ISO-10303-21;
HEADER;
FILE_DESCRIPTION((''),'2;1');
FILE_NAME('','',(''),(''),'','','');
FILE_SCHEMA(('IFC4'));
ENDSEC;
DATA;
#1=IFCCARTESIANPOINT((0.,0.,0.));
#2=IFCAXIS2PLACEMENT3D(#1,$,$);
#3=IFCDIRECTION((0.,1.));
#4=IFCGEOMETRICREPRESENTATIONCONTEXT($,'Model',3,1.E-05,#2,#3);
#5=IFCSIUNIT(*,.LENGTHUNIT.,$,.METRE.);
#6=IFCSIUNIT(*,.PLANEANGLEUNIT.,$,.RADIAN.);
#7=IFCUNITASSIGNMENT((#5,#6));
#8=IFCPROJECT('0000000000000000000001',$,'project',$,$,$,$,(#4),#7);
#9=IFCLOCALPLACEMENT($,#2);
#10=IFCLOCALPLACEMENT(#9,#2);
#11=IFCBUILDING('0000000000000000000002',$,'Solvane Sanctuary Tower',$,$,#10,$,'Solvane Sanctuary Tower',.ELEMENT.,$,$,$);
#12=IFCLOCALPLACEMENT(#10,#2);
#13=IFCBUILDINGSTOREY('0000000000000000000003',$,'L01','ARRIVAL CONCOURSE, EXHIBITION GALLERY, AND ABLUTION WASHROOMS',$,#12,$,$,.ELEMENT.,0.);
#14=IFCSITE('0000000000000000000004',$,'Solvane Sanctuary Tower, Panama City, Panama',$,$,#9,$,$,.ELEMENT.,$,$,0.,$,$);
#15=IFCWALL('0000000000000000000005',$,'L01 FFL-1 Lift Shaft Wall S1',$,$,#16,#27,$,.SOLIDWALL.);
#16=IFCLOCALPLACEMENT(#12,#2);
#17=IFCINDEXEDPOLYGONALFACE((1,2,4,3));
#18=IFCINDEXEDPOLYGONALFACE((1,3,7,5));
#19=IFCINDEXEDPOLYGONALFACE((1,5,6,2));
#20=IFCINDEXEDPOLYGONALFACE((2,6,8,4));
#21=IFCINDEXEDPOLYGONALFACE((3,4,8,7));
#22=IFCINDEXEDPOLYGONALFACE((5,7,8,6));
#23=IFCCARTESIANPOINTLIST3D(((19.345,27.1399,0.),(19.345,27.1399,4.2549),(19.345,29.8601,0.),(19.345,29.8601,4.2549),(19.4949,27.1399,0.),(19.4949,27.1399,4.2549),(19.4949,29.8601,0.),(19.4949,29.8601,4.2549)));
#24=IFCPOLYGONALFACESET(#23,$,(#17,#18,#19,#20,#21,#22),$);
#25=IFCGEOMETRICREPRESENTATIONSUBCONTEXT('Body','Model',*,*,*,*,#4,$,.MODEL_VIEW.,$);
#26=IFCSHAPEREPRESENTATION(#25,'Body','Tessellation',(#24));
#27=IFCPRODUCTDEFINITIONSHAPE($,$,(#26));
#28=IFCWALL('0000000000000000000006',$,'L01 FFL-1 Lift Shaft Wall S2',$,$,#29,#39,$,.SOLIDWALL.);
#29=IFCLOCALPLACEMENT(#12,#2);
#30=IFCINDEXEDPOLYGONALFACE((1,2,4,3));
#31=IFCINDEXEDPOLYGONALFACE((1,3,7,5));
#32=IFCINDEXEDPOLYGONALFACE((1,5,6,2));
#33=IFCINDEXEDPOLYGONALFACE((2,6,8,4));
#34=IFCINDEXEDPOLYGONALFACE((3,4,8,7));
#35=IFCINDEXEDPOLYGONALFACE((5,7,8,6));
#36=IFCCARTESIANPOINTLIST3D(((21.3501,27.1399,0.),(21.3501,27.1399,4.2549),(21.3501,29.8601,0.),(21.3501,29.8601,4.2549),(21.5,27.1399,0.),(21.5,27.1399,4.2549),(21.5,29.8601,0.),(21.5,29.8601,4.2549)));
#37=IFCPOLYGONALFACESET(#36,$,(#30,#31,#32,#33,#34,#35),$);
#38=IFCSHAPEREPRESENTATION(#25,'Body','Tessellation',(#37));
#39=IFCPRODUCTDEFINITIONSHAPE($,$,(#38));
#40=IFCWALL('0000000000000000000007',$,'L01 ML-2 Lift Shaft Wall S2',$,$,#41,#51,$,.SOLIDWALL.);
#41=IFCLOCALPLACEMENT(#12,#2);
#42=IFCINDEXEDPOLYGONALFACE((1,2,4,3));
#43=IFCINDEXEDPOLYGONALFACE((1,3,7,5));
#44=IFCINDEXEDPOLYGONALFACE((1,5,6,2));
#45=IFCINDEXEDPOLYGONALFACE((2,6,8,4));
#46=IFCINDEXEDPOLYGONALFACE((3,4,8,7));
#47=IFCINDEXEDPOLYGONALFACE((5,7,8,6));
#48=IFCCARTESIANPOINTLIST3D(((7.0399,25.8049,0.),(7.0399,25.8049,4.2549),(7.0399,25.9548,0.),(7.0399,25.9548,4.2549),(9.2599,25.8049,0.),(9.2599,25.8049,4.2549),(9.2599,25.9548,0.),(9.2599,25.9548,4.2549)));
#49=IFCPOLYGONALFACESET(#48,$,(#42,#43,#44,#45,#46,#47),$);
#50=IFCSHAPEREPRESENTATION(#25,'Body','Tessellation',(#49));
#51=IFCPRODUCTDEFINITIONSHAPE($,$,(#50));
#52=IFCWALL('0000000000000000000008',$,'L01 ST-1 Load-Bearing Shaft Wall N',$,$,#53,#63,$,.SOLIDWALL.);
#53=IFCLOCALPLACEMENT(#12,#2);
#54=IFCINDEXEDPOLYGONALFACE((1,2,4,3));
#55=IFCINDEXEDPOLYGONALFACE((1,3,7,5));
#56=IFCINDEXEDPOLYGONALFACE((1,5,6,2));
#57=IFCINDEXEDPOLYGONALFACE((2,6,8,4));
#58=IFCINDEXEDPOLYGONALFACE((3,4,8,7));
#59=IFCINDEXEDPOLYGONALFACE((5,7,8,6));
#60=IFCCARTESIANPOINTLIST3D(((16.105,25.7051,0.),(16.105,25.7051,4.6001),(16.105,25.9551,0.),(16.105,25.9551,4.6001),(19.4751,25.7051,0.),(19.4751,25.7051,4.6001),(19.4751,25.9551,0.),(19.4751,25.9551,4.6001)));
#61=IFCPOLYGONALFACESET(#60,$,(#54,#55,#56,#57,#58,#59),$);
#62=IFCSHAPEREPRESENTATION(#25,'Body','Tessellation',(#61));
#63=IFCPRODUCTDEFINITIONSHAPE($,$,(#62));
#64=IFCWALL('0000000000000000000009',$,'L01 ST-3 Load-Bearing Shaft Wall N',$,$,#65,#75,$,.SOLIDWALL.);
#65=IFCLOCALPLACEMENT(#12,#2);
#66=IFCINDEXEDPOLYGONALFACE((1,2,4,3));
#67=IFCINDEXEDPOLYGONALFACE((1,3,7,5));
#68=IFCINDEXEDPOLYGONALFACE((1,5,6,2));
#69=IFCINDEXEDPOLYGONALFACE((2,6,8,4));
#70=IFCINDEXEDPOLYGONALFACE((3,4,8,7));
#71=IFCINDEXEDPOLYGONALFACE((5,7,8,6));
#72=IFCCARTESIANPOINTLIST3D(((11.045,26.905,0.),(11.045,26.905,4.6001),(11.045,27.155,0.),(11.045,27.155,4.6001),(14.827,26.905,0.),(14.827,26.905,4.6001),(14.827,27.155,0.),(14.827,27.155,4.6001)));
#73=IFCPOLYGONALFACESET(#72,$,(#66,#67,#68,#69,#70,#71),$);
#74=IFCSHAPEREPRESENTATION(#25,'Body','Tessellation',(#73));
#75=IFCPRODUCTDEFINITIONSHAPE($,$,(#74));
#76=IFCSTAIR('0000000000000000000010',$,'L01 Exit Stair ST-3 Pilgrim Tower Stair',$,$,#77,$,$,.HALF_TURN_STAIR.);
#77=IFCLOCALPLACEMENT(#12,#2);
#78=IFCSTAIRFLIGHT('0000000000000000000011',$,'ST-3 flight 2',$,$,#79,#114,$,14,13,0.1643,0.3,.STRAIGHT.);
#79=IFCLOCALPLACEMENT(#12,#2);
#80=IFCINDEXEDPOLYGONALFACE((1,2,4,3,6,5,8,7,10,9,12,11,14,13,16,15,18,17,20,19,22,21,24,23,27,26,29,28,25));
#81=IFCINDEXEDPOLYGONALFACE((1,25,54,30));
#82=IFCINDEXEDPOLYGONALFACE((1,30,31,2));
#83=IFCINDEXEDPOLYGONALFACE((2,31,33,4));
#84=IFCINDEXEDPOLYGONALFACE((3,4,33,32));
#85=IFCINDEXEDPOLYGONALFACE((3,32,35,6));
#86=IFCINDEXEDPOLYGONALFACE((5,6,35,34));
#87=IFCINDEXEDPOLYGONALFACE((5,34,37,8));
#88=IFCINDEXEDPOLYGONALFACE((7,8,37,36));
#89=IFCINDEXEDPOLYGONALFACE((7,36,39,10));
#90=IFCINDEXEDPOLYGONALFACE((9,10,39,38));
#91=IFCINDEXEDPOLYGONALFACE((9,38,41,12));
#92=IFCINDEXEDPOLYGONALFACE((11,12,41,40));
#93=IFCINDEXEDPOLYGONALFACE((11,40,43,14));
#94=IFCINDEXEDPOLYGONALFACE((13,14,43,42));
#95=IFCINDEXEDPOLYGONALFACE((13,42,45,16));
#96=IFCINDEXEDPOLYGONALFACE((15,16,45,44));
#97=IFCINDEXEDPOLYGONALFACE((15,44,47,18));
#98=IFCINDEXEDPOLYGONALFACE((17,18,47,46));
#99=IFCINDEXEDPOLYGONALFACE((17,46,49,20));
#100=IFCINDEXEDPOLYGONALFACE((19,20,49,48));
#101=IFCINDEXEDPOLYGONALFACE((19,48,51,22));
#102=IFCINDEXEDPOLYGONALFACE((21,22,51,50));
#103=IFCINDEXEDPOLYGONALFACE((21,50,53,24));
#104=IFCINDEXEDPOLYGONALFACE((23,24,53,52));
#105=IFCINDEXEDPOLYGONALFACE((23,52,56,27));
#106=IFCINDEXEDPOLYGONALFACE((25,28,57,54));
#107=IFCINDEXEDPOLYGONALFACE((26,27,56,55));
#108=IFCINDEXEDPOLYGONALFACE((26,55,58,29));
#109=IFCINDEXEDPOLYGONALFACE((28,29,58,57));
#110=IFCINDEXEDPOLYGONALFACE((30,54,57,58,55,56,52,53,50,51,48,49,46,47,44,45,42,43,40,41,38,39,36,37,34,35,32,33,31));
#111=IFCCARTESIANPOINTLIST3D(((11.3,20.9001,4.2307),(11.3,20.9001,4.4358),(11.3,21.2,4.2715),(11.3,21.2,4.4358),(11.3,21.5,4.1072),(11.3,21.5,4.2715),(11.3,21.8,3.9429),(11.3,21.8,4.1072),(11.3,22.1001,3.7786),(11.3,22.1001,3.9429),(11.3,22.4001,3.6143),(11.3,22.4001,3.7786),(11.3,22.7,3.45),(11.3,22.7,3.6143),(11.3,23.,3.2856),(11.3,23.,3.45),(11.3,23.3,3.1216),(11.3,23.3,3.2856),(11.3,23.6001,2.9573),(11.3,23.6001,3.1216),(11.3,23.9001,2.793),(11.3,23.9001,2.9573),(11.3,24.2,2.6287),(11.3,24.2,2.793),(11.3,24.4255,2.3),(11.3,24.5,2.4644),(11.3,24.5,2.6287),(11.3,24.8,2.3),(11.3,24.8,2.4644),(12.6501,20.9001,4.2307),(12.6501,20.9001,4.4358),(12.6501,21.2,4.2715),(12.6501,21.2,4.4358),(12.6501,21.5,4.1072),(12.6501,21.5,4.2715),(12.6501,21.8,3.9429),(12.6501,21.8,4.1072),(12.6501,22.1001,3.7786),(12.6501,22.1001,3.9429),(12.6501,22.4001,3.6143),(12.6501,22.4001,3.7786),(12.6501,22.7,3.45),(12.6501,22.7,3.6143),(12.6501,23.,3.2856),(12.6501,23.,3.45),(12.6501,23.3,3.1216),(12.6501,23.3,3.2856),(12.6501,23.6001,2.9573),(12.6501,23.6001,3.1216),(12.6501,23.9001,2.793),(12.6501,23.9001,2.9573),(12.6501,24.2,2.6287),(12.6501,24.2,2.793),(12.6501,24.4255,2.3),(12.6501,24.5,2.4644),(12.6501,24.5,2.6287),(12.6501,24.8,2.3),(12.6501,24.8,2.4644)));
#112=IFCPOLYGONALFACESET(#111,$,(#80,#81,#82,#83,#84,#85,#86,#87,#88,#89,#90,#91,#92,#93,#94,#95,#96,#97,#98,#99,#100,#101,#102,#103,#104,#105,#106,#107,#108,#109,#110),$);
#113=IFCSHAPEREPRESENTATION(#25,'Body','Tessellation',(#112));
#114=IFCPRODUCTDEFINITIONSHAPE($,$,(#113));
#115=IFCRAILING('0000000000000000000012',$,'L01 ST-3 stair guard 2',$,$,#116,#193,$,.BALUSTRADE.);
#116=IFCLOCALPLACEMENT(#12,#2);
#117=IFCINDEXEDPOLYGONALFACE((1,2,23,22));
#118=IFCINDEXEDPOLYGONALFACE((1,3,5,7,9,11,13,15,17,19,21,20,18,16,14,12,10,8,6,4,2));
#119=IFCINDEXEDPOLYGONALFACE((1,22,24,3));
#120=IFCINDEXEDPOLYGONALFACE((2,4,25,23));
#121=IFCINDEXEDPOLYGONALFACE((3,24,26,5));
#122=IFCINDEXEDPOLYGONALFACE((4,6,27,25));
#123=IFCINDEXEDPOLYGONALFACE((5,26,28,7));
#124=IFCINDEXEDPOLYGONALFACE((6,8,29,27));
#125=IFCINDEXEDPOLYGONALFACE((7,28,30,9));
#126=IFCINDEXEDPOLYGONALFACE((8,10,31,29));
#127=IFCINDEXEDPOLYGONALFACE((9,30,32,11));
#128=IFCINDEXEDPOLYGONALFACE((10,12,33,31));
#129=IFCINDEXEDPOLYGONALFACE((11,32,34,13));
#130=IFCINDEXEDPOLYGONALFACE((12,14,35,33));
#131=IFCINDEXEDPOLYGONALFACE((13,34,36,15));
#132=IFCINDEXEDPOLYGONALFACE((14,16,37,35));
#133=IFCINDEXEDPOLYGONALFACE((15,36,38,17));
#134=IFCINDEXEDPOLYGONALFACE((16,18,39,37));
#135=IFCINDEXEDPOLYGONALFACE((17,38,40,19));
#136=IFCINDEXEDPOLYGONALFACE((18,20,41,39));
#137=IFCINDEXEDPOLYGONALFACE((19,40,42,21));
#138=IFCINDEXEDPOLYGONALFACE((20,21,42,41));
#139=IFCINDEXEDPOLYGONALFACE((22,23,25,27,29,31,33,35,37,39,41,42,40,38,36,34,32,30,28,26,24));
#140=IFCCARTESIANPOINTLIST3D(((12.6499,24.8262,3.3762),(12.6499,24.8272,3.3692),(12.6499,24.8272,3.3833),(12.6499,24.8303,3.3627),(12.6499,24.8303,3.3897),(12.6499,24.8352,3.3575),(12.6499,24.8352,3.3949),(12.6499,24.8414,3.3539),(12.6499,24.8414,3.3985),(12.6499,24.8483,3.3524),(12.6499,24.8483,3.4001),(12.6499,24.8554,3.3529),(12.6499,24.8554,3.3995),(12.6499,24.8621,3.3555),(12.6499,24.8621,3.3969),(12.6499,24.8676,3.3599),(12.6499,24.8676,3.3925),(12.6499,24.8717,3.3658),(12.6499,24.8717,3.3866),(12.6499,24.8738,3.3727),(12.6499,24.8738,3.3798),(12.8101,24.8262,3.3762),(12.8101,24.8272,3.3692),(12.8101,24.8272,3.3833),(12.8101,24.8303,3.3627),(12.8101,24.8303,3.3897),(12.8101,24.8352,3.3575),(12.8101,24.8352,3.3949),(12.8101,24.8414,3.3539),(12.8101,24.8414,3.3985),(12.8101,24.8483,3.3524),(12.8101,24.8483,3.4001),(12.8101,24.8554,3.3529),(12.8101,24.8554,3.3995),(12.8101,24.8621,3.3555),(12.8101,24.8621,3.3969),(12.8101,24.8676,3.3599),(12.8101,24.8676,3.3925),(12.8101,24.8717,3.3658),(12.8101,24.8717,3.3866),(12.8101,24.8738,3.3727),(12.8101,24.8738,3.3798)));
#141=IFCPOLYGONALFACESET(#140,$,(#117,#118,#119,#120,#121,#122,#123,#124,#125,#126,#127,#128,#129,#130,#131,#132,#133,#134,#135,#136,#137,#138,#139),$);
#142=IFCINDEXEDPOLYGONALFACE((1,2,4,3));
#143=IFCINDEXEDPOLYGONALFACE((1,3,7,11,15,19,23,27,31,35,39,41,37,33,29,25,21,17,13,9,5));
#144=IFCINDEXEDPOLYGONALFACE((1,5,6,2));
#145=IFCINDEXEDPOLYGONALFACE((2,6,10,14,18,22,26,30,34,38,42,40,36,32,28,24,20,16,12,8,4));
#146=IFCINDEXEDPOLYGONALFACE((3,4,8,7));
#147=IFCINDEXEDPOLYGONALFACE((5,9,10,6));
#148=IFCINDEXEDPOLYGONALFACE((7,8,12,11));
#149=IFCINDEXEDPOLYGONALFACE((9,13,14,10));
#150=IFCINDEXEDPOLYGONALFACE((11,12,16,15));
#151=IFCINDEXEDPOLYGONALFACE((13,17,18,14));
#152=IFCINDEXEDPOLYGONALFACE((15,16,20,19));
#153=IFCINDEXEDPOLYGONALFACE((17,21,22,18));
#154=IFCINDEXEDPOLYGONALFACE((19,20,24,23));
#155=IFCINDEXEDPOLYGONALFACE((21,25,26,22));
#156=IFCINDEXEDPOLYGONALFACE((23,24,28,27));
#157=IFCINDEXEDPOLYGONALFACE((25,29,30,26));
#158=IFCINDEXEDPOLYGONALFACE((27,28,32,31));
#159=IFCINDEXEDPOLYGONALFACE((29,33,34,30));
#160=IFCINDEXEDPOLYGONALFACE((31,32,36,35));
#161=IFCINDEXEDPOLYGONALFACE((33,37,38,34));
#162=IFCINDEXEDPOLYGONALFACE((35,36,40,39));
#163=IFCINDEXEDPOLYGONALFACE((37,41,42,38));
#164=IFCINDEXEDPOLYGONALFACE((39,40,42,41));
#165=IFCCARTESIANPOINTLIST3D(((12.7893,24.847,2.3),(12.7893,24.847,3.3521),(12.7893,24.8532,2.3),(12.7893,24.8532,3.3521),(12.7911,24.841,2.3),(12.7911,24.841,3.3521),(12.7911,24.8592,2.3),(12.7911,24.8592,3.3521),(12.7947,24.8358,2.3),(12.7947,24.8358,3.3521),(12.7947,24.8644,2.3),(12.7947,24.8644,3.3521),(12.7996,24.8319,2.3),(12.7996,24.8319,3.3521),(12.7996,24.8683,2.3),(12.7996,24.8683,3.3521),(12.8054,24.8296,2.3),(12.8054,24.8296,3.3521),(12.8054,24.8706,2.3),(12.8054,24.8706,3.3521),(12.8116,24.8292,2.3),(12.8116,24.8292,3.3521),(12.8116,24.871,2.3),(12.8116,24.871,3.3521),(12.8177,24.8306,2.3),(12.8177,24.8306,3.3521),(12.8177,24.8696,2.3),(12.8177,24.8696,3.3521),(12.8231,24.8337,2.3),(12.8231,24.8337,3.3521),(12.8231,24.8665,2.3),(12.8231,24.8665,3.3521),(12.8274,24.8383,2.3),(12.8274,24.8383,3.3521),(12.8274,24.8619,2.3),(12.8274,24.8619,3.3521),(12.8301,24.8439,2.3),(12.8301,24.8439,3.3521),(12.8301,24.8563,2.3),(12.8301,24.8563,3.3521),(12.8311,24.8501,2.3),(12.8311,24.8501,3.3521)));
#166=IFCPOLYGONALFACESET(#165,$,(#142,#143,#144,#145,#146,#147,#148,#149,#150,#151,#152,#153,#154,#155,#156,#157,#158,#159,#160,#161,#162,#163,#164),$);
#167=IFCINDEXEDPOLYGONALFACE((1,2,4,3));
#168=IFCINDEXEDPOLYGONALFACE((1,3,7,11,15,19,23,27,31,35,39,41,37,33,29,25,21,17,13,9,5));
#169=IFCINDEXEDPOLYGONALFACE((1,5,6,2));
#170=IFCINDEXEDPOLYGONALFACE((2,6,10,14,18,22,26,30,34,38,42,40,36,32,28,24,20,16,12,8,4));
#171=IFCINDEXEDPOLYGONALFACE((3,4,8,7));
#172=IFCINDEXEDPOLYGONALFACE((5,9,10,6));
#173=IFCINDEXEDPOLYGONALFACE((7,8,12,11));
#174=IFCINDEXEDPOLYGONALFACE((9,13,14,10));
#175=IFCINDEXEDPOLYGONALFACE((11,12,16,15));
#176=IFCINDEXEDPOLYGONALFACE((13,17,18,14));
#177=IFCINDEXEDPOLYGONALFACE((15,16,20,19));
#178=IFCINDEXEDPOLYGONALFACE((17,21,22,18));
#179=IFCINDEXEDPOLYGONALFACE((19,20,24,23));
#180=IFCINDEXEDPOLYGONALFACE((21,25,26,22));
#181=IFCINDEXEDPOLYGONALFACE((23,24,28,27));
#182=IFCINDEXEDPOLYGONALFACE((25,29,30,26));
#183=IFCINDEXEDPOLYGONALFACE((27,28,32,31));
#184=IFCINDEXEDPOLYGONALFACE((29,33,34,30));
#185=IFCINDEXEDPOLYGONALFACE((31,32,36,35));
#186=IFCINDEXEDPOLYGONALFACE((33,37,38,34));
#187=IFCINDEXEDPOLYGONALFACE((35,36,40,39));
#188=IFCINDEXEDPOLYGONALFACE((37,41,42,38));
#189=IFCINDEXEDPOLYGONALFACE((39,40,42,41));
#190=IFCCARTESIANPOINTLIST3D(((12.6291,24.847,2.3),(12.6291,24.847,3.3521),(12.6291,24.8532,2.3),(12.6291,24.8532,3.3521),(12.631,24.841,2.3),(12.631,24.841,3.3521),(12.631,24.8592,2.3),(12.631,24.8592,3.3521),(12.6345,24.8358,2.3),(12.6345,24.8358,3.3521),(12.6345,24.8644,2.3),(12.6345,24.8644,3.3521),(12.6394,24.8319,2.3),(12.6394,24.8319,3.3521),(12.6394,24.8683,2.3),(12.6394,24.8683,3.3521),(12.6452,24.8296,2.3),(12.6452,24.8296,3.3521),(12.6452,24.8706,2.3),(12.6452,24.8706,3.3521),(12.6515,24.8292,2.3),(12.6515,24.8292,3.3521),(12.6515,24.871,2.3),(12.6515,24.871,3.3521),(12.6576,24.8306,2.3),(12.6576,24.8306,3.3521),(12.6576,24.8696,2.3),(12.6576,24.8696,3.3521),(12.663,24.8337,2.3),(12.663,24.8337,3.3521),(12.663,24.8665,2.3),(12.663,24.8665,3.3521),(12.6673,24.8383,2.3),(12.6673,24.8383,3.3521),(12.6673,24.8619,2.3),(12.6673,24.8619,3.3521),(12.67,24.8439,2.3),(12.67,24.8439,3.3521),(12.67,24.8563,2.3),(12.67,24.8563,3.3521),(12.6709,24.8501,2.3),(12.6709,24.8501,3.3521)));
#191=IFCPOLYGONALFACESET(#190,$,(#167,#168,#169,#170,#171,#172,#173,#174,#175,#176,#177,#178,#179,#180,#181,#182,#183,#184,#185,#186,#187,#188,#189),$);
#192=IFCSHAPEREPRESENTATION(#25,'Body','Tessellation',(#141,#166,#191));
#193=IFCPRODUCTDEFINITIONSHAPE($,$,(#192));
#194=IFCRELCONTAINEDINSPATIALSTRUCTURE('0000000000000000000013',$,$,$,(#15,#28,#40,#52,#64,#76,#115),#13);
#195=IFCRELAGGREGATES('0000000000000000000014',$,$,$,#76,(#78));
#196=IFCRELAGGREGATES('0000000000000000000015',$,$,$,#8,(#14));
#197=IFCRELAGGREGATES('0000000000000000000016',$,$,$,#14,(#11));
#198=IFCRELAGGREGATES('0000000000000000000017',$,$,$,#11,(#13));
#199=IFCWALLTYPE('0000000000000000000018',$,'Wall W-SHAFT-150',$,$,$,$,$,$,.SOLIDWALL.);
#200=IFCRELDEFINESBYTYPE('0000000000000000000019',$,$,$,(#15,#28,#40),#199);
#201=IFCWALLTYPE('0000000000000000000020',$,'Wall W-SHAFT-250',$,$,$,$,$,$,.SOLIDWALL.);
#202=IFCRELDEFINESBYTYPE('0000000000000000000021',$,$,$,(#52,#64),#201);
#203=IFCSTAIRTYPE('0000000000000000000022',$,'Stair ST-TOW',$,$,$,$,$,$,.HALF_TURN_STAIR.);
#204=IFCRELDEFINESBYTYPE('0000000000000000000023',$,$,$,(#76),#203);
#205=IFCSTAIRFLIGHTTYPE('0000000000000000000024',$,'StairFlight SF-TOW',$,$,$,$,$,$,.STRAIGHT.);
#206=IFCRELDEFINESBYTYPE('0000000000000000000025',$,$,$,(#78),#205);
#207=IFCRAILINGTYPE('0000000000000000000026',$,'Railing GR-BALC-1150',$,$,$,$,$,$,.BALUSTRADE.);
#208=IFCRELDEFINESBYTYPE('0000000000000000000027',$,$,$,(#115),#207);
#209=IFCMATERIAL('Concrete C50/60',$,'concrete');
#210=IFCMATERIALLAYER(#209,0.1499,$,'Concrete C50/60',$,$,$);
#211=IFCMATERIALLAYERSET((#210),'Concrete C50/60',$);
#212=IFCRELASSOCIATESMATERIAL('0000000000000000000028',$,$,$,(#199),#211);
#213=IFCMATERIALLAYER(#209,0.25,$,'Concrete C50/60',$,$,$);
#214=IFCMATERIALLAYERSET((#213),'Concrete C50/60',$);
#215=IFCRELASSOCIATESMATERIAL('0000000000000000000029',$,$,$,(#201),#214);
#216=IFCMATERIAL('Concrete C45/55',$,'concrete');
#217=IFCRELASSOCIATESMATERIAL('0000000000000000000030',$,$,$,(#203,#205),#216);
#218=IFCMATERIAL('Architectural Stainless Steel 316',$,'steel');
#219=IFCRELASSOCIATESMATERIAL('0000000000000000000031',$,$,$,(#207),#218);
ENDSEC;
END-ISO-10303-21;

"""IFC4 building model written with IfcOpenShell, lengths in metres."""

from ifc_helpers import new_model, si_unit, direction, frame, frame_2d, origin, origin_2d, place, context, subcontext, project, spatial, polyline, rectangle, circle, outline, extrude, material, layer, layer_set, type_object, element, aggregate, save


model = new_model("IFC4")

# Units and contexts
model_context = context("Model", 3, precision=1e-05, world=origin(), true_north=direction((0.0, 1.0)))
body_context = subcontext(model_context, "Body", "Model", "MODEL_VIEW")
ifc_project = project(units=[si_unit("LENGTHUNIT", "METRE"), si_unit("PLANEANGLEUNIT", "RADIAN")], contexts=[model_context])

# Site, building, storey
site_placement = place(None, origin())
site = spatial("IfcSite", under=ifc_project, at=site_placement, Name="Solvane Sanctuary Tower, Panama City, Panama", CompositionType="ELEMENT", RefElevation=0.0)
building_placement = place(site_placement, origin())
building = spatial("IfcBuilding", under=site, at=building_placement, Name="Solvane Sanctuary Tower", LongName="Solvane Sanctuary Tower", CompositionType="ELEMENT")
storey_placement = place(building_placement, origin())
storey = spatial("IfcBuildingStorey", under=building, at=storey_placement, Name="L01", Description="ARRIVAL CONCOURSE, EXHIBITION GALLERY, AND ABLUTION WASHROOMS", CompositionType="ELEMENT", Elevation=0.0)

# Shared definitions
ifc_material_1 = material(Name="Concrete C50/60", Category="concrete")

# Shared definitions
ifc_layer_1 = layer(ifc_material_1, 0.1499, Name="Concrete C50/60")
ifc_layer_set_1 = layer_set([ifc_layer_1], Name="Concrete C50/60")
wall_type_1 = type_object("IfcWallType", Name="Wall W-SHAFT-150", PredefinedType="SOLIDWALL", material=ifc_layer_set_1)
ifc_material_2 = material(Name="Architectural Stainless Steel 316", Category="steel")

# Walls
for number, where, z_axis, x_axis, name in (
    (1, (19.4199, 27.1399, 0.0), (0.0, 0.0, 1.0), (0.0, 1.0, 0.0), "L01 FFL-1 Lift Shaft Wall S1"),
    (2, (21.425, 27.1399, 0.0), (0.0, 0.0, 1.0), (0.0, 1.0, 0.0), "L01 FFL-1 Lift Shaft Wall S2"),
):
    element("IfcWall", number, at=place(storey_placement, frame(where, z_axis=z_axis, x_axis=x_axis)), inside=storey, type_object=wall_type_1, Name=name, PredefinedType="SOLIDWALL", context=body_context, shape_type="SweptSolid", body=[
        extrude(rectangle(XDim=2.7202, YDim=0.1499, at=frame_2d((1.3601, 0.0))), origin(), (0.0, 0.0, 1.0), 4.2549),
    ])
wall_1_placement = place(storey_placement, frame((7.04, 25.8799, 0.0), z_axis=(0.0, 0.0, 1.0), x_axis=(1.0, 0.0, 0.0)))
element("IfcWall", 3, at=wall_1_placement, inside=storey, type_object=wall_type_1, Name="L01 ML-2 Lift Shaft Wall S2", PredefinedType="SOLIDWALL", context=body_context, shape_type="SweptSolid", body=[
    extrude(rectangle(XDim=2.22, YDim=0.1499, at=frame_2d((1.1099, 0.0))), origin(), (0.0, 0.0, 1.0), 4.2549),
])
ifc_layer_2 = layer(ifc_material_1, 0.25, Name="Concrete C50/60")
ifc_layer_set_2 = layer_set([ifc_layer_2], Name="Concrete C50/60")
wall_type_2 = type_object("IfcWallType", Name="Wall W-SHAFT-250", PredefinedType="SOLIDWALL", material=ifc_layer_set_2)
wall_2_placement = place(storey_placement, frame((16.105, 25.8301, 0.0), z_axis=(0.0, 0.0, 1.0), x_axis=(1.0, 0.0, 0.0)))
element("IfcWall", 4, at=wall_2_placement, inside=storey, type_object=wall_type_2, Name="L01 ST-1 Load-Bearing Shaft Wall N", PredefinedType="SOLIDWALL", context=body_context, shape_type="SweptSolid", body=[
    extrude(rectangle(XDim=3.3701, YDim=0.25, at=frame_2d((1.6851, 0.0))), origin(), (0.0, 0.0, 1.0), 4.6001),
])
wall_3_placement = place(storey_placement, frame((11.0449, 27.03, 0.0), z_axis=(0.0, 0.0, 1.0), x_axis=(1.0, 0.0, 0.0)))
element("IfcWall", 5, at=wall_3_placement, inside=storey, type_object=wall_type_2, Name="L01 ST-3 Load-Bearing Shaft Wall N", PredefinedType="SOLIDWALL", context=body_context, shape_type="SweptSolid", body=[
    extrude(rectangle(XDim=3.782, YDim=0.25, at=frame_2d((1.8911, 0.0))), origin(), (0.0, 0.0, 1.0), 4.6001),
])

# Stair, stair flight
ifc_material_3 = material(Name="Concrete C45/55", Category="concrete")
stair_type = type_object("IfcStairType", Name="Stair ST-TOW", PredefinedType="HALF_TURN_STAIR", material=ifc_material_3)
stair_placement = place(storey_placement, origin())
stair = element("IfcStair", 6, at=stair_placement, inside=storey, type_object=stair_type, Name="L01 Exit Stair ST-3 Pilgrim Tower Stair", PredefinedType="HALF_TURN_STAIR")
stair_flight_type = type_object("IfcStairFlightType", Name="StairFlight SF-TOW", PredefinedType="STRAIGHT", material=ifc_material_3)
stair_flight_placement = place(storey_placement, frame((11.9751, 24.8, 2.3), z_axis=(0.0, 0.0, 1.0), x_axis=(0.0, -1.0, 0.0)))
stair_flight = element("IfcStairFlight", 7, at=stair_flight_placement, type_object=stair_flight_type, Name="ST-3 flight 2", NumberOfRisers=14, NumberOfTreads=13, PredefinedType="STRAIGHT", RiserHeight=0.1643, TreadLength=0.3, context=body_context, shape_type="SweptSolid", body=[
    extrude(outline(polyline([(0.0, 0.0), (0.0, 0.1643), (0.3, 0.1643), (0.3, 0.3286), (0.6001, 0.3286), (0.6001, 0.4929), (0.8999, 0.4929), (0.8999, 0.6572), (1.2, 0.6572), (1.2, 0.8215), (1.5, 0.8215), (1.5, 0.9856), (1.8, 0.9856), (1.8, 1.1499), (2.1001, 1.1499), (2.1001, 1.3142), (2.3999, 1.3142), (2.3999, 1.4785), (2.7, 1.4785), (2.7, 1.6428), (3.0, 1.6428), (3.0, 1.8071), (3.3, 1.8071), (3.3, 1.9714), (3.6001, 1.9714), (3.6001, 2.1357), (3.8999, 2.1357), (3.8999, 2.3), (3.8999, 1.9307), (0.3745, 0.0), (0.0, 0.0)])), frame((0.0, 0.675, 0.0), z_axis=(0.0, -1.0, 0.0), x_axis=(1.0, 0.0, 0.0)), (0.0, 0.0, 1.0), 1.3501),
])
aggregate(stair, [stair_flight])

# Railing
railing_type_1 = type_object("IfcRailingType", Name="Railing GR-BALC-1150", PredefinedType="BALUSTRADE", material=ifc_material_2)
railing_1_placement = place(storey_placement, frame((12.8101, 24.8501, 2.3)))
element("IfcRailing", 8, at=railing_1_placement, inside=storey, type_object=railing_type_1, Name="L01 ST-3 stair guard 2", PredefinedType="BALUSTRADE", context=body_context, shape_type="SweptSolid", body=[
    extrude(circle(Radius=0.0239, at=origin_2d()), frame((0.0, 0.0, 1.0762), z_axis=(-1.0, 0.0, 0.0), x_axis=(0.0, -1.0, 0.0)), (0.0, 0.0, 1.0), 0.1602),
    extrude(circle(Radius=0.021, at=origin_2d()), origin(), (0.0, 0.0, 1.0), 1.052),
    extrude(circle(Radius=0.021, at=origin_2d()), frame((-0.1602, 0.0, 0.0)), (0.0, 0.0, 1.0), 1.052),
])

save(model, "model.ifc")
